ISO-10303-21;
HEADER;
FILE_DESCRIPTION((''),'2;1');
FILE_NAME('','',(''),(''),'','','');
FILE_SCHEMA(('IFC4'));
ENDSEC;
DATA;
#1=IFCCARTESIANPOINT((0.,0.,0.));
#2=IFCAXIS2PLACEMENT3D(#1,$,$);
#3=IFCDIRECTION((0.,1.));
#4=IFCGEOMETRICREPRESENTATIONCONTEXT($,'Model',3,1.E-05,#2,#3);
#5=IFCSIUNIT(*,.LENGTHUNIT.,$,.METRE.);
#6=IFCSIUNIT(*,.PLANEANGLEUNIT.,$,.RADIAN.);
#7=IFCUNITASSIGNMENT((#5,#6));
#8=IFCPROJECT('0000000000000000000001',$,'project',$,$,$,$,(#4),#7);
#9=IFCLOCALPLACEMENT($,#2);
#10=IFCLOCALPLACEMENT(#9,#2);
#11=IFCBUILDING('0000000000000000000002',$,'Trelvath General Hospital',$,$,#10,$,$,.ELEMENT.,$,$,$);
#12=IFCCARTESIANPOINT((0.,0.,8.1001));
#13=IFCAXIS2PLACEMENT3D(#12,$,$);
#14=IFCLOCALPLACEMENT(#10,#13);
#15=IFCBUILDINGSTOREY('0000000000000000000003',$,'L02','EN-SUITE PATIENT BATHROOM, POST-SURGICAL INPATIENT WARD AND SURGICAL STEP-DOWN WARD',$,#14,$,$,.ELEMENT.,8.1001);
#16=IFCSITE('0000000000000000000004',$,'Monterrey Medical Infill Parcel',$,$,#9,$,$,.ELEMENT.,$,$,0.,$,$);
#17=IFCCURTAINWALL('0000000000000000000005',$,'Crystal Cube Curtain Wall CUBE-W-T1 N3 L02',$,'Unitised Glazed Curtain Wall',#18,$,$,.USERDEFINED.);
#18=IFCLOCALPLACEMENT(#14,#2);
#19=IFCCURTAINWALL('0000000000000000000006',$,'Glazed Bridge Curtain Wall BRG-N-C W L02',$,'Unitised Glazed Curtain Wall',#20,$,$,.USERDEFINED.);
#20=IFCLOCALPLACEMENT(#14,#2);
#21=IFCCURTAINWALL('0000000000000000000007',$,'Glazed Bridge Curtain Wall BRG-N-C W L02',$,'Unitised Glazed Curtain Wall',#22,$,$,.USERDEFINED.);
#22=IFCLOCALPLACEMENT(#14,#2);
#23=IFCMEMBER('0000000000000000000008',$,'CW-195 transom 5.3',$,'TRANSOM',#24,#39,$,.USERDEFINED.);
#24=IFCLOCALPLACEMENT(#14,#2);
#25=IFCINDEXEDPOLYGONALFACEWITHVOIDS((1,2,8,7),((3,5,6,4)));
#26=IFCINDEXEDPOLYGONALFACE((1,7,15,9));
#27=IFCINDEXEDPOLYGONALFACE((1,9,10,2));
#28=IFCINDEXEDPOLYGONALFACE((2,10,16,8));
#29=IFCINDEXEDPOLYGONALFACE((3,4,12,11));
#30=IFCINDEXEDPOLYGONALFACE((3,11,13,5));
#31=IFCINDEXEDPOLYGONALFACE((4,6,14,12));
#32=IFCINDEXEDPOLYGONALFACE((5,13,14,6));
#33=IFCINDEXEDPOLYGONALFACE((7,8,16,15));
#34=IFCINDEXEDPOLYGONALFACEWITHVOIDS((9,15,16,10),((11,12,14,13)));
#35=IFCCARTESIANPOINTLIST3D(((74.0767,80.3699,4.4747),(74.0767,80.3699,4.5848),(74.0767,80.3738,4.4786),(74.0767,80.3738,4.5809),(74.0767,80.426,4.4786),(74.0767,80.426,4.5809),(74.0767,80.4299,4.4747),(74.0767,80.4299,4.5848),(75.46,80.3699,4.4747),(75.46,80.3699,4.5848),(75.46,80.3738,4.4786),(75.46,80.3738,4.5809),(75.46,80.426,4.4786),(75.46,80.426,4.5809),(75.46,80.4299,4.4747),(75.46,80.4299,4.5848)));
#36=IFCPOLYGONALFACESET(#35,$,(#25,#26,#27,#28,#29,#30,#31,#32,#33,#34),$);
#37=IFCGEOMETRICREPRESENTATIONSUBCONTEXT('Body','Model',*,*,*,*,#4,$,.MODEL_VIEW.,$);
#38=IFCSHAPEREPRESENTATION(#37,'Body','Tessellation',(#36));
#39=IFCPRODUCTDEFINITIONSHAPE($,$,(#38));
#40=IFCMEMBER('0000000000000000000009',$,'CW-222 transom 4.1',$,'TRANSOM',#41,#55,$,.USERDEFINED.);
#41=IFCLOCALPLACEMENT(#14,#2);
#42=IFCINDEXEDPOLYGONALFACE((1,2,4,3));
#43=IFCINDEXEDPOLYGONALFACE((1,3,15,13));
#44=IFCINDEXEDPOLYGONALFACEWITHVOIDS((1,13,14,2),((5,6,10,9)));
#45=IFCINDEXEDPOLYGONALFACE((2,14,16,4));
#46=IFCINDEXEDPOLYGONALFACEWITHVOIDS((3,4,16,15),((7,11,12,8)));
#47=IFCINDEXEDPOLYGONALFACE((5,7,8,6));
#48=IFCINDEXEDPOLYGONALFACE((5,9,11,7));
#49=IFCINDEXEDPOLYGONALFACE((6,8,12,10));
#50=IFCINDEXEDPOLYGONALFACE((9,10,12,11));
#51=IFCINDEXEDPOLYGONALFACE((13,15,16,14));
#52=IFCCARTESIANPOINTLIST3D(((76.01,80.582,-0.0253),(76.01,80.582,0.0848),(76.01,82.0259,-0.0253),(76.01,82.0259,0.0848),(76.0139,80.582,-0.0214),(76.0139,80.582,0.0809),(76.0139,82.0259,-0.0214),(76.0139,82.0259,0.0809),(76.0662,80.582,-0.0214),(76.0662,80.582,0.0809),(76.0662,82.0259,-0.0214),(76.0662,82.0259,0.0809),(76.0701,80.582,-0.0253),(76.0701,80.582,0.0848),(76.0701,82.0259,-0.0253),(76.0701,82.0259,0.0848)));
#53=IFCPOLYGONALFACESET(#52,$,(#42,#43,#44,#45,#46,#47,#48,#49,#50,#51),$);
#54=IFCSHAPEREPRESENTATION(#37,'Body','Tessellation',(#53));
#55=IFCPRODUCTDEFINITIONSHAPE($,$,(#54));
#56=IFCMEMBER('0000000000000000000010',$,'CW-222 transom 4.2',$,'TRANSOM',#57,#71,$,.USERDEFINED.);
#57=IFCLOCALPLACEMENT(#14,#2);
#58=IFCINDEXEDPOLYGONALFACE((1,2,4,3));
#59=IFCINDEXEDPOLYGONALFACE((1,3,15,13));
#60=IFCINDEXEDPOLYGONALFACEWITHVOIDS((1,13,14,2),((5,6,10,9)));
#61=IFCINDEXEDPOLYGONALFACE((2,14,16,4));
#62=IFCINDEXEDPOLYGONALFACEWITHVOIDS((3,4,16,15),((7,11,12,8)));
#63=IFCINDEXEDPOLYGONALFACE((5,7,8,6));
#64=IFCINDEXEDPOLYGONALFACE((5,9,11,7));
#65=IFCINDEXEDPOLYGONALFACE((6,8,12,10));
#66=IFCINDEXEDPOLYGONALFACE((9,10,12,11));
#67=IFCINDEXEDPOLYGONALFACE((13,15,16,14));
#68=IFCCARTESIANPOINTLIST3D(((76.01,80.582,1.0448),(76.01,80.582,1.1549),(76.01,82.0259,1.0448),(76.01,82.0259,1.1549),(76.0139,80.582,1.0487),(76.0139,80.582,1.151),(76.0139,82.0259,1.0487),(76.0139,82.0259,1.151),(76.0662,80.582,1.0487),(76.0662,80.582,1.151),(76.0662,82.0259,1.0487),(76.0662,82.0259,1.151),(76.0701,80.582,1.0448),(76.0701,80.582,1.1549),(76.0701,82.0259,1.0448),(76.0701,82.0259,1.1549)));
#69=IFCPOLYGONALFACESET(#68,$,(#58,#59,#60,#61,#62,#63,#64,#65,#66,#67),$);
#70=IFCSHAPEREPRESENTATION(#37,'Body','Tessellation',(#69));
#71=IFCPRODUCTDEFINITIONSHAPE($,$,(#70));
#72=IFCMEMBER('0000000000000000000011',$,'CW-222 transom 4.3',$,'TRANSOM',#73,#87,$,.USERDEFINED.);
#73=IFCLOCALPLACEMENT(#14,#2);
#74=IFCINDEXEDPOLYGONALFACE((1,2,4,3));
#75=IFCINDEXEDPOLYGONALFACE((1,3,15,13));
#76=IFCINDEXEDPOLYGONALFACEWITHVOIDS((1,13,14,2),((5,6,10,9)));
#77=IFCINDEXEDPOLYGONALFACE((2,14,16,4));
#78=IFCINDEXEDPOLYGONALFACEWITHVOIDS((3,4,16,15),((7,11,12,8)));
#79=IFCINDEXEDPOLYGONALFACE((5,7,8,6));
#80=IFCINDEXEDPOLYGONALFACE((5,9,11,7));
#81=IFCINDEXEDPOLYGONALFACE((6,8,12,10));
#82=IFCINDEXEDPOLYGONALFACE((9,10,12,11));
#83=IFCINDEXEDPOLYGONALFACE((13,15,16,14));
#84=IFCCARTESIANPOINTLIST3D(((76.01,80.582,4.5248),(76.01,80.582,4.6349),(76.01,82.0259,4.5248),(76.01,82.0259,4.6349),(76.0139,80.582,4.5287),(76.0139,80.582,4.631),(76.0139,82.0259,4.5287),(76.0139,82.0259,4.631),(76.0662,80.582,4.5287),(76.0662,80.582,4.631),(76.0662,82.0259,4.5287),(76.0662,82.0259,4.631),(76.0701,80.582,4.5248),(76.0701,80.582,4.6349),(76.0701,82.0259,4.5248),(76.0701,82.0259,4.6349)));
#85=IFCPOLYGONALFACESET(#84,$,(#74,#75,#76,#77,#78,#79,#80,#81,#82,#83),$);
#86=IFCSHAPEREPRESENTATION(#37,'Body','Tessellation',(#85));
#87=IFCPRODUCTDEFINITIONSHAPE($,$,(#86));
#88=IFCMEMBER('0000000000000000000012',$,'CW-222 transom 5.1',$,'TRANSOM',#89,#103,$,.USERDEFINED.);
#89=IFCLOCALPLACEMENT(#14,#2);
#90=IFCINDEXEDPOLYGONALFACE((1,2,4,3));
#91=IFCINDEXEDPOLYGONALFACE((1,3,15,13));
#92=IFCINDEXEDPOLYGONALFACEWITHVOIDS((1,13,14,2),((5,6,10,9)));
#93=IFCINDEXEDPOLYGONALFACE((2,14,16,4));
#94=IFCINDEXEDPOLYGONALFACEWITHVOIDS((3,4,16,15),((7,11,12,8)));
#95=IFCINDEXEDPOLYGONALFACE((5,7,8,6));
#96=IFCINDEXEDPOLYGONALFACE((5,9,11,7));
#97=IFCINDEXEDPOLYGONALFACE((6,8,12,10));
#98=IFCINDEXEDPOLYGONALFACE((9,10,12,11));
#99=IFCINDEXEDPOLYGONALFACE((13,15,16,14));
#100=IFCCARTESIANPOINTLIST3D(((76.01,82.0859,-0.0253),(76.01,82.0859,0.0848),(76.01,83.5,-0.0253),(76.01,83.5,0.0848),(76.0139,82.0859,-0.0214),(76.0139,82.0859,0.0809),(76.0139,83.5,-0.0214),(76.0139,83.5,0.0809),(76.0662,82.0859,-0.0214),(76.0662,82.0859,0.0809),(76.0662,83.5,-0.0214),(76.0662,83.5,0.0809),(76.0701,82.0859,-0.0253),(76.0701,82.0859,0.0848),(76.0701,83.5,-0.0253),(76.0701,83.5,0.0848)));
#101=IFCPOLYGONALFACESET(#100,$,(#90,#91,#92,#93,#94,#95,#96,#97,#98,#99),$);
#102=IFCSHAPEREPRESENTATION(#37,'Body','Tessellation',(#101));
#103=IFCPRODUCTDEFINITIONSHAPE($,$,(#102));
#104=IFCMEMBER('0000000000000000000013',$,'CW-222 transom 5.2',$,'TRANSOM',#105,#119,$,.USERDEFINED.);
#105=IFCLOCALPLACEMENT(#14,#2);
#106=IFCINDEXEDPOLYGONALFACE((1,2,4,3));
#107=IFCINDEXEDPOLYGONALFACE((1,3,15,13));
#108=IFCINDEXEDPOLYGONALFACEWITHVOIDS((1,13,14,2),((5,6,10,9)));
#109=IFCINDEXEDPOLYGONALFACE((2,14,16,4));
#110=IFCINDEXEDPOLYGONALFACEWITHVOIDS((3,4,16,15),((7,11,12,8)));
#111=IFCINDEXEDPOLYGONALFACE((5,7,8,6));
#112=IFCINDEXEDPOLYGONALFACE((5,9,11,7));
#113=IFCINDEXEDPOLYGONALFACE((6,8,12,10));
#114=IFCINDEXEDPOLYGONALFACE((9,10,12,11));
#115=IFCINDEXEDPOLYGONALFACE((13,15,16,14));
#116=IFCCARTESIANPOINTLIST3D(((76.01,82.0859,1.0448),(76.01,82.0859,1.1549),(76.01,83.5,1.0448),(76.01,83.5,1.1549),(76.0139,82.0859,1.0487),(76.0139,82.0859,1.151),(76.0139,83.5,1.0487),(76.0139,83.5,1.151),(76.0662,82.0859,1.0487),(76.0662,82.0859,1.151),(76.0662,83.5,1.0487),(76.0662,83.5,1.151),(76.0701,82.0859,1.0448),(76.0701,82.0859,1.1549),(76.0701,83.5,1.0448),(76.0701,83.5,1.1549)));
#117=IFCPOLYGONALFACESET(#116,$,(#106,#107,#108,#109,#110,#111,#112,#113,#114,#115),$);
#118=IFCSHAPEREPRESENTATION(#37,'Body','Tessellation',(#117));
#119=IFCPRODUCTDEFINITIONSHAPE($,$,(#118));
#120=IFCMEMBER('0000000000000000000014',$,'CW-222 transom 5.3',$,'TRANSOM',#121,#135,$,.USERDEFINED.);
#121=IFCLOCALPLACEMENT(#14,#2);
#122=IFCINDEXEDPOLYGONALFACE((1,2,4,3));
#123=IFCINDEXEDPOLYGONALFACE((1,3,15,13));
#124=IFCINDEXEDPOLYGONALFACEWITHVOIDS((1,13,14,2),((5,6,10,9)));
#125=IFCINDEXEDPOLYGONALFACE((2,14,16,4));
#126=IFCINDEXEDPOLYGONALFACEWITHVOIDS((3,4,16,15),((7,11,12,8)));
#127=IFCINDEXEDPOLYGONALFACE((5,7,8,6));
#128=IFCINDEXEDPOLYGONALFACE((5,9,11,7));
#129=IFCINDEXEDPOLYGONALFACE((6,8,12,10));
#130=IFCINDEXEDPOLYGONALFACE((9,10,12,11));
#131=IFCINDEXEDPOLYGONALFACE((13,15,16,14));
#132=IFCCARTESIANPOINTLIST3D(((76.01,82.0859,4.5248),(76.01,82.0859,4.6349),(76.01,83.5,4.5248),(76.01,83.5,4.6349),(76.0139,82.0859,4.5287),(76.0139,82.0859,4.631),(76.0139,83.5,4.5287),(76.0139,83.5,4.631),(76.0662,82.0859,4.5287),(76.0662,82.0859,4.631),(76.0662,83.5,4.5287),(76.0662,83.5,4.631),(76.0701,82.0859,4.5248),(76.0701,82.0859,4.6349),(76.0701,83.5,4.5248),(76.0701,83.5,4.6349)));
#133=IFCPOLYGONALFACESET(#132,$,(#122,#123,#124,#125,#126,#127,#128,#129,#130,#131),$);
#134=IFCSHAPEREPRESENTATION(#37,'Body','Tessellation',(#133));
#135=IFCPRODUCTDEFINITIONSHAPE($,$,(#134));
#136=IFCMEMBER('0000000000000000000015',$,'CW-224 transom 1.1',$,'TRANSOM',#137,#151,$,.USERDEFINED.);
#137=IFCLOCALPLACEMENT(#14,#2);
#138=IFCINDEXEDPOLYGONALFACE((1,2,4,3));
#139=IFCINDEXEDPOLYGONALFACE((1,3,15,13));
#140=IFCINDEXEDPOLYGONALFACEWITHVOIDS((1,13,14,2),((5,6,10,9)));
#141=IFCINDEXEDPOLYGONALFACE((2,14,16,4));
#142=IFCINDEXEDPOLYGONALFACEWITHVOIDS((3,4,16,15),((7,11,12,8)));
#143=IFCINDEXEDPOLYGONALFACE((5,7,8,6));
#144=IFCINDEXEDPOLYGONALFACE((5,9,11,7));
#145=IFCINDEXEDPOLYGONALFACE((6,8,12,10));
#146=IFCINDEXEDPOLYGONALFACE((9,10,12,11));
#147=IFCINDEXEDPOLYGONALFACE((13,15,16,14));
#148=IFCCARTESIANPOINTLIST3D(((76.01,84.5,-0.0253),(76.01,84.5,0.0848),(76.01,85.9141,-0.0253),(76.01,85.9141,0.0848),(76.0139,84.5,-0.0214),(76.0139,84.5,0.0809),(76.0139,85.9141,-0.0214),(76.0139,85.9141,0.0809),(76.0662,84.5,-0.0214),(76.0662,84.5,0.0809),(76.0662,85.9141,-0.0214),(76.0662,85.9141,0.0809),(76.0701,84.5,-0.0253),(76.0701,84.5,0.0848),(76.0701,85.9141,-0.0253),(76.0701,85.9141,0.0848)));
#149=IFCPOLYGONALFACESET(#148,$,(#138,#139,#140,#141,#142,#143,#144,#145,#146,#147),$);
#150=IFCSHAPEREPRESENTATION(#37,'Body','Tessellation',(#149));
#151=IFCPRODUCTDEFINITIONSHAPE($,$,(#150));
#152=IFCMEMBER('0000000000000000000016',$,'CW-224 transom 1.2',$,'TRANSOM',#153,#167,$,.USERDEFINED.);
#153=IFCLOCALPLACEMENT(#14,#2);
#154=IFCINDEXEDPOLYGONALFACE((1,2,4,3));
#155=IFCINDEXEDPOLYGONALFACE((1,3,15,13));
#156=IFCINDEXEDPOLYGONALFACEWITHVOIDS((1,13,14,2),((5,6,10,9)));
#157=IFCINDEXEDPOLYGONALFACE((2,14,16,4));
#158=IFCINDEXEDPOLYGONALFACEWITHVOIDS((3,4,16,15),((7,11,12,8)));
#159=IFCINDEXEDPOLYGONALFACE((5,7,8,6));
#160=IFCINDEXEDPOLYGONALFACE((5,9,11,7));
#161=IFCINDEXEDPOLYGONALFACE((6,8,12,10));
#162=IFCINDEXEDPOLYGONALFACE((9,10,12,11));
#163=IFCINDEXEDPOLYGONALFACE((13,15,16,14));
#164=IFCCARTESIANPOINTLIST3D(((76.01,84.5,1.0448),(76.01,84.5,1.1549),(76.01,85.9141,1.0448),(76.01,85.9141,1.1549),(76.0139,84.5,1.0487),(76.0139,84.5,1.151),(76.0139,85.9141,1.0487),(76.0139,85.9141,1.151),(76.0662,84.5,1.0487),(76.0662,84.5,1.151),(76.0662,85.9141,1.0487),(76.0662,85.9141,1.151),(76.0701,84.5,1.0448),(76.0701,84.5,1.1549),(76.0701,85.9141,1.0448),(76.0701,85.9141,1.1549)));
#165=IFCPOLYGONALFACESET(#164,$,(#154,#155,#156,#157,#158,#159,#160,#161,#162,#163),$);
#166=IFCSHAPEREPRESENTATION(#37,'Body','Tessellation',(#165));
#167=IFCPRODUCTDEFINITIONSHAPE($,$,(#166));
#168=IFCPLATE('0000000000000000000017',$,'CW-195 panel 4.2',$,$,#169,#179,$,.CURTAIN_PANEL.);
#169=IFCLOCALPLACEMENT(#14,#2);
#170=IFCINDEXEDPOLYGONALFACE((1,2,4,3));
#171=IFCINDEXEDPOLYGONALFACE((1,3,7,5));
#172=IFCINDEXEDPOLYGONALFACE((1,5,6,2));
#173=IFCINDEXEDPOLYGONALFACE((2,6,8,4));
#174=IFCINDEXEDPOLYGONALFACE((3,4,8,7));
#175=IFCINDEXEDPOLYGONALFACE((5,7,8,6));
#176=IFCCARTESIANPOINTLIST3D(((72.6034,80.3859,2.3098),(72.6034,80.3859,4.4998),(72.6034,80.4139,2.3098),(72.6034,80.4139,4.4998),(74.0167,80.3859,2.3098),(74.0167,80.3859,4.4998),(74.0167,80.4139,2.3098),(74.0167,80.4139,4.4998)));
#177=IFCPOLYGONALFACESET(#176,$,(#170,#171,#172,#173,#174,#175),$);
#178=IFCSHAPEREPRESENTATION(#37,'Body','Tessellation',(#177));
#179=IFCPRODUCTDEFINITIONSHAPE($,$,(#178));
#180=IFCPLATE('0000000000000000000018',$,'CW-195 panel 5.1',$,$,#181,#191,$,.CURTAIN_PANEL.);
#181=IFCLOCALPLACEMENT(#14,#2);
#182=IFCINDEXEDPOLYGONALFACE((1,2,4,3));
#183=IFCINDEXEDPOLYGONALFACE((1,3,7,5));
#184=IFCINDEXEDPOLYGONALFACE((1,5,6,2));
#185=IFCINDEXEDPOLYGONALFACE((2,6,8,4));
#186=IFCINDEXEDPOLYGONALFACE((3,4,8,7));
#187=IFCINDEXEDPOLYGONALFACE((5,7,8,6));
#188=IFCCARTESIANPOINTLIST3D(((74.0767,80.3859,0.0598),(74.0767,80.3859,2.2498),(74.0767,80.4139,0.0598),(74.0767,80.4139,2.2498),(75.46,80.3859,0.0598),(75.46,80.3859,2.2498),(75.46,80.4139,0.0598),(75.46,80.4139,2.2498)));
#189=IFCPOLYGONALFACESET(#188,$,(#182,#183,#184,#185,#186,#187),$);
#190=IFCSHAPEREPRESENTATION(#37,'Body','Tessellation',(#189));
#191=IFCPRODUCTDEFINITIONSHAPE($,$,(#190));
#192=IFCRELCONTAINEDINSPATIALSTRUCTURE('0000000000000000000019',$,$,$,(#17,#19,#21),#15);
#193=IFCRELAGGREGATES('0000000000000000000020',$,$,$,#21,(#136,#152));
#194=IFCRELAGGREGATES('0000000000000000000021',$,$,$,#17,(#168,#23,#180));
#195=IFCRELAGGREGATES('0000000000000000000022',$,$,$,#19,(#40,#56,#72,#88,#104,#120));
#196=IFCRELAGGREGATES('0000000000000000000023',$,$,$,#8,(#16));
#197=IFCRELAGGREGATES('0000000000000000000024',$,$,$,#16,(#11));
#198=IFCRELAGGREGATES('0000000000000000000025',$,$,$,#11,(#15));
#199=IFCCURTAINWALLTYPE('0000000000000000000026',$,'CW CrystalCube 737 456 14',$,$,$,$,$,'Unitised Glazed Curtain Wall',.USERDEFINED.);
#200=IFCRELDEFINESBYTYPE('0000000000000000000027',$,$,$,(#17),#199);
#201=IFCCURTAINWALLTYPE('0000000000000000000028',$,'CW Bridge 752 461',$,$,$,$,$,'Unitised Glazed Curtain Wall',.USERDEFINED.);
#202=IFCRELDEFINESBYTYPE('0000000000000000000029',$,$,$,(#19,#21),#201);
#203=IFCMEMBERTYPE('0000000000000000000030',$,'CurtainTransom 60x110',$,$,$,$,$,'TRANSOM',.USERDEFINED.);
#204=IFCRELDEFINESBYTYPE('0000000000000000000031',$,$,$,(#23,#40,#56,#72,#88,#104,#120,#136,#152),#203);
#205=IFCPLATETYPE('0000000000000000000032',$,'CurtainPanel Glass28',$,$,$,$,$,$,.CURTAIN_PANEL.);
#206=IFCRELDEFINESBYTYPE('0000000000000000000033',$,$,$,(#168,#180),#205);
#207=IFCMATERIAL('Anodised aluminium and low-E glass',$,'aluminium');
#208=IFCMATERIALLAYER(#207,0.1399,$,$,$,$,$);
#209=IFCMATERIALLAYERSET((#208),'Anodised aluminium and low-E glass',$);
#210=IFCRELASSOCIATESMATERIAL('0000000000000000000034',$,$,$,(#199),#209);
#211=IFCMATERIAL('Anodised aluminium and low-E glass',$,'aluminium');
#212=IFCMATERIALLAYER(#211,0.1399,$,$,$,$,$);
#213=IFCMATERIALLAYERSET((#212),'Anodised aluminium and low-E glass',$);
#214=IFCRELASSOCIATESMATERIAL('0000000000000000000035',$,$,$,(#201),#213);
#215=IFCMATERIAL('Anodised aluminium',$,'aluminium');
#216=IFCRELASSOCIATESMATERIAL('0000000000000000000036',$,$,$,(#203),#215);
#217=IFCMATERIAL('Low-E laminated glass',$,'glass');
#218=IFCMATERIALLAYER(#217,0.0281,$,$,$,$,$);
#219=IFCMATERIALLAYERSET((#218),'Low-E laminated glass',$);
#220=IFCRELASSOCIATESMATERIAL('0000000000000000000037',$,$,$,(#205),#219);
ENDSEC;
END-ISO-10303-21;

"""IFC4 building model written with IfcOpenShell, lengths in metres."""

from ifc_helpers import new_model, si_unit, direction, frame, origin, origin_2d, place, context, subcontext, project, spatial, rectangle, hollow_rectangle, extrude, material, layer, layer_set, material_profile, profile_set, type_object, element, aggregate, save


model = new_model("IFC4")

# Units and contexts
model_context = context("Model", 3, precision=1e-05, world=origin(), true_north=direction((0.0, 1.0)))
body_context = subcontext(model_context, "Body", "Model", "MODEL_VIEW")
ifc_project = project(units=[si_unit("LENGTHUNIT", "METRE"), si_unit("PLANEANGLEUNIT", "RADIAN")], contexts=[model_context])

# Site, building, storey
site_placement = place(None, origin())
site = spatial("IfcSite", under=ifc_project, at=site_placement, Name="Monterrey Medical Infill Parcel", CompositionType="ELEMENT", RefElevation=0.0)
building_placement = place(site_placement, origin())
building = spatial("IfcBuilding", under=site, at=building_placement, Name="Trelvath General Hospital", CompositionType="ELEMENT")
storey_placement = place(building_placement, frame((0.0, 0.0, 8.1001)))
storey = spatial("IfcBuildingStorey", under=building, at=storey_placement, Name="L02", Description="EN-SUITE PATIENT BATHROOM, POST-SURGICAL INPATIENT WARD AND SURGICAL STEP-DOWN WARD", CompositionType="ELEMENT", Elevation=8.1001)

# Curtain walls
ifc_material_1 = material(Name="Anodised aluminium and low-E glass", Category="aluminium")
ifc_layer_1 = layer(ifc_material_1, 0.1399)
ifc_layer_set_1 = layer_set([ifc_layer_1], Name="Anodised aluminium and low-E glass")
curtain_wall_type_1 = type_object("IfcCurtainWallType", Name="CW CrystalCube 737 456 14", ElementType="Unitised Glazed Curtain Wall", PredefinedType="USERDEFINED", material=ifc_layer_set_1)
curtain_wall_1_placement = place(storey_placement, origin())
curtain_wall_1 = element("IfcCurtainWall", 1, at=curtain_wall_1_placement, inside=storey, type_object=curtain_wall_type_1, Name="Crystal Cube Curtain Wall CUBE-W-T1 N3 L02", ObjectType="Unitised Glazed Curtain Wall", PredefinedType="USERDEFINED")
ifc_material_2 = material(Name="Anodised aluminium and low-E glass", Category="aluminium")
ifc_layer_2 = layer(ifc_material_2, 0.1399)
ifc_layer_set_2 = layer_set([ifc_layer_2], Name="Anodised aluminium and low-E glass")
curtain_wall_type_2 = type_object("IfcCurtainWallType", Name="CW Bridge 752 461", ElementType="Unitised Glazed Curtain Wall", PredefinedType="USERDEFINED", material=ifc_layer_set_2)
curtain_wall_2_placement = place(storey_placement, origin())
curtain_wall_2 = element("IfcCurtainWall", 2, at=curtain_wall_2_placement, inside=storey, type_object=curtain_wall_type_2, Name="Glazed Bridge Curtain Wall BRG-N-C W L02", ObjectType="Unitised Glazed Curtain Wall", PredefinedType="USERDEFINED")

# Curtain wall
curtain_wall_3_placement = place(storey_placement, origin())
curtain_wall_3 = element("IfcCurtainWall", 3, at=curtain_wall_3_placement, inside=storey, type_object=curtain_wall_type_2, Name="Glazed Bridge Curtain Wall BRG-N-C W L02", ObjectType="Unitised Glazed Curtain Wall", PredefinedType="USERDEFINED")

# Members
ifc_material_3 = material(Name="Anodised aluminium", Category="aluminium")
ifc_material_profile_1 = material_profile(ifc_material_3, hollow_rectangle(XDim=0.0601, YDim=0.1101, WallThickness=0.0039, at=origin_2d()), Name="RHS60x110x4")
ifc_profile_set_1 = profile_set([ifc_material_profile_1], Name="Anodised aluminium")
member_type_1 = type_object("IfcMemberType", Name="CurtainTransom 60x110", ElementType="TRANSOM", PredefinedType="USERDEFINED", material=ifc_profile_set_1)
member_1_placement = place(storey_placement, frame((74.0767, 80.3999, 4.5298), z_axis=(1.0, 0.0, 0.0), x_axis=(0.0, 1.0, 0.0)))
member_1 = element("IfcMember", 4, at=member_1_placement, type_object=member_type_1, Name="CW-195 transom 5.3", ObjectType="TRANSOM", PredefinedType="USERDEFINED", context=body_context, shape_type="SweptSolid", body=[
    extrude(hollow_rectangle(XDim=0.0601, YDim=0.1101, WallThickness=0.0039, at=origin_2d()), origin(), (0.0, 0.0, 1.0), 1.3833),
])
member_2_placement = place(storey_placement, frame((76.04, 80.582, 0.0298), z_axis=(0.0, 1.0, 0.0), x_axis=(-1.0, 0.0, 0.0)))
member_2 = element("IfcMember", 5, at=member_2_placement, type_object=member_type_1, Name="CW-222 transom 4.1", ObjectType="TRANSOM", PredefinedType="USERDEFINED", context=body_context, shape_type="SweptSolid", body=[
    extrude(hollow_rectangle(XDim=0.0601, YDim=0.1101, WallThickness=0.0039, at=origin_2d()), origin(), (0.0, 0.0, 1.0), 1.4438),
])
member_3_placement = place(storey_placement, frame((76.04, 80.582, 1.0999), z_axis=(0.0, 1.0, 0.0), x_axis=(-1.0, 0.0, 0.0)))
member_3 = element("IfcMember", 6, at=member_3_placement, type_object=member_type_1, Name="CW-222 transom 4.2", ObjectType="TRANSOM", PredefinedType="USERDEFINED", context=body_context, shape_type="SweptSolid", body=[
    extrude(hollow_rectangle(XDim=0.0601, YDim=0.1101, WallThickness=0.0039, at=origin_2d()), origin(), (0.0, 0.0, 1.0), 1.4438),
])
member_4_placement = place(storey_placement, frame((76.04, 80.582, 4.5798), z_axis=(0.0, 1.0, 0.0), x_axis=(-1.0, 0.0, 0.0)))
member_4 = element("IfcMember", 7, at=member_4_placement, type_object=member_type_1, Name="CW-222 transom 4.3", ObjectType="TRANSOM", PredefinedType="USERDEFINED", context=body_context, shape_type="SweptSolid", body=[
    extrude(hollow_rectangle(XDim=0.0601, YDim=0.1101, WallThickness=0.0039, at=origin_2d()), origin(), (0.0, 0.0, 1.0), 1.4438),
])
member_5_placement = place(storey_placement, frame((76.04, 82.0859, 0.0298), z_axis=(0.0, 1.0, 0.0), x_axis=(-1.0, 0.0, 0.0)))
member_5 = element("IfcMember", 8, at=member_5_placement, type_object=member_type_1, Name="CW-222 transom 5.1", ObjectType="TRANSOM", PredefinedType="USERDEFINED", context=body_context, shape_type="SweptSolid", body=[
    extrude(hollow_rectangle(XDim=0.0601, YDim=0.1101, WallThickness=0.0039, at=origin_2d()), origin(), (0.0, 0.0, 1.0), 1.4141),
])
member_6_placement = place(storey_placement, frame((76.04, 82.0859, 1.0999), z_axis=(0.0, 1.0, 0.0), x_axis=(-1.0, 0.0, 0.0)))
member_6 = element("IfcMember", 9, at=member_6_placement, type_object=member_type_1, Name="CW-222 transom 5.2", ObjectType="TRANSOM", PredefinedType="USERDEFINED", context=body_context, shape_type="SweptSolid", body=[
    extrude(hollow_rectangle(XDim=0.0601, YDim=0.1101, WallThickness=0.0039, at=origin_2d()), origin(), (0.0, 0.0, 1.0), 1.4141),
])
member_7_placement = place(storey_placement, frame((76.04, 82.0859, 4.5798), z_axis=(0.0, 1.0, 0.0), x_axis=(-1.0, 0.0, 0.0)))
member_7 = element("IfcMember", 10, at=member_7_placement, type_object=member_type_1, Name="CW-222 transom 5.3", ObjectType="TRANSOM", PredefinedType="USERDEFINED", context=body_context, shape_type="SweptSolid", body=[
    extrude(hollow_rectangle(XDim=0.0601, YDim=0.1101, WallThickness=0.0039, at=origin_2d()), origin(), (0.0, 0.0, 1.0), 1.4141),
])
member_8_placement = place(storey_placement, frame((76.04, 84.5, 0.0298), z_axis=(0.0, 1.0, 0.0), x_axis=(-1.0, 0.0, 0.0)))
member_8 = element("IfcMember", 11, at=member_8_placement, type_object=member_type_1, Name="CW-224 transom 1.1", ObjectType="TRANSOM", PredefinedType="USERDEFINED", context=body_context, shape_type="SweptSolid", body=[
    extrude(hollow_rectangle(XDim=0.0601, YDim=0.1101, WallThickness=0.0039, at=origin_2d()), origin(), (0.0, 0.0, 1.0), 1.4141),
])
member_9_placement = place(storey_placement, frame((76.04, 84.5, 1.0999), z_axis=(0.0, 1.0, 0.0), x_axis=(-1.0, 0.0, 0.0)))
member_9 = element("IfcMember", 12, at=member_9_placement, type_object=member_type_1, Name="CW-224 transom 1.2", ObjectType="TRANSOM", PredefinedType="USERDEFINED", context=body_context, shape_type="SweptSolid", body=[
    extrude(hollow_rectangle(XDim=0.0601, YDim=0.1101, WallThickness=0.0039, at=origin_2d()), origin(), (0.0, 0.0, 1.0), 1.4141),
])
aggregate(curtain_wall_3, [member_8, member_9])

# Plates
ifc_material_4 = material(Name="Low-E laminated glass", Category="glass")
ifc_layer_3 = layer(ifc_material_4, 0.0281)
ifc_layer_set_3 = layer_set([ifc_layer_3], Name="Low-E laminated glass")
plate_type = type_object("IfcPlateType", Name="CurtainPanel Glass28", PredefinedType="CURTAIN_PANEL", material=ifc_layer_set_3)
plate_1_placement = place(storey_placement, frame((73.3101, 80.3999, 2.3098), z_axis=(0.0, 0.0, 1.0), x_axis=(1.0, 0.0, 0.0)))
plate_1 = element("IfcPlate", 13, at=plate_1_placement, type_object=plate_type, Name="CW-195 panel 4.2", PredefinedType="CURTAIN_PANEL", context=body_context, shape_type="SweptSolid", body=[
    extrude(rectangle(XDim=1.4133, YDim=0.0281, at=origin_2d()), origin(), (0.0, 0.0, 1.0), 2.1899),
])
plate_2_placement = place(storey_placement, frame((74.7683, 80.3999, 0.0598), z_axis=(0.0, 0.0, 1.0), x_axis=(1.0, 0.0, 0.0)))
plate_2 = element("IfcPlate", 14, at=plate_2_placement, type_object=plate_type, Name="CW-195 panel 5.1", PredefinedType="CURTAIN_PANEL", context=body_context, shape_type="SweptSolid", body=[
    extrude(rectangle(XDim=1.3833, YDim=0.0281, at=origin_2d()), origin(), (0.0, 0.0, 1.0), 2.1899),
])
aggregate(curtain_wall_1, [plate_1, member_1, plate_2])
aggregate(curtain_wall_2, [member_2, member_3, member_4, member_5, member_6, member_7])

save(model, "model.ifc")
